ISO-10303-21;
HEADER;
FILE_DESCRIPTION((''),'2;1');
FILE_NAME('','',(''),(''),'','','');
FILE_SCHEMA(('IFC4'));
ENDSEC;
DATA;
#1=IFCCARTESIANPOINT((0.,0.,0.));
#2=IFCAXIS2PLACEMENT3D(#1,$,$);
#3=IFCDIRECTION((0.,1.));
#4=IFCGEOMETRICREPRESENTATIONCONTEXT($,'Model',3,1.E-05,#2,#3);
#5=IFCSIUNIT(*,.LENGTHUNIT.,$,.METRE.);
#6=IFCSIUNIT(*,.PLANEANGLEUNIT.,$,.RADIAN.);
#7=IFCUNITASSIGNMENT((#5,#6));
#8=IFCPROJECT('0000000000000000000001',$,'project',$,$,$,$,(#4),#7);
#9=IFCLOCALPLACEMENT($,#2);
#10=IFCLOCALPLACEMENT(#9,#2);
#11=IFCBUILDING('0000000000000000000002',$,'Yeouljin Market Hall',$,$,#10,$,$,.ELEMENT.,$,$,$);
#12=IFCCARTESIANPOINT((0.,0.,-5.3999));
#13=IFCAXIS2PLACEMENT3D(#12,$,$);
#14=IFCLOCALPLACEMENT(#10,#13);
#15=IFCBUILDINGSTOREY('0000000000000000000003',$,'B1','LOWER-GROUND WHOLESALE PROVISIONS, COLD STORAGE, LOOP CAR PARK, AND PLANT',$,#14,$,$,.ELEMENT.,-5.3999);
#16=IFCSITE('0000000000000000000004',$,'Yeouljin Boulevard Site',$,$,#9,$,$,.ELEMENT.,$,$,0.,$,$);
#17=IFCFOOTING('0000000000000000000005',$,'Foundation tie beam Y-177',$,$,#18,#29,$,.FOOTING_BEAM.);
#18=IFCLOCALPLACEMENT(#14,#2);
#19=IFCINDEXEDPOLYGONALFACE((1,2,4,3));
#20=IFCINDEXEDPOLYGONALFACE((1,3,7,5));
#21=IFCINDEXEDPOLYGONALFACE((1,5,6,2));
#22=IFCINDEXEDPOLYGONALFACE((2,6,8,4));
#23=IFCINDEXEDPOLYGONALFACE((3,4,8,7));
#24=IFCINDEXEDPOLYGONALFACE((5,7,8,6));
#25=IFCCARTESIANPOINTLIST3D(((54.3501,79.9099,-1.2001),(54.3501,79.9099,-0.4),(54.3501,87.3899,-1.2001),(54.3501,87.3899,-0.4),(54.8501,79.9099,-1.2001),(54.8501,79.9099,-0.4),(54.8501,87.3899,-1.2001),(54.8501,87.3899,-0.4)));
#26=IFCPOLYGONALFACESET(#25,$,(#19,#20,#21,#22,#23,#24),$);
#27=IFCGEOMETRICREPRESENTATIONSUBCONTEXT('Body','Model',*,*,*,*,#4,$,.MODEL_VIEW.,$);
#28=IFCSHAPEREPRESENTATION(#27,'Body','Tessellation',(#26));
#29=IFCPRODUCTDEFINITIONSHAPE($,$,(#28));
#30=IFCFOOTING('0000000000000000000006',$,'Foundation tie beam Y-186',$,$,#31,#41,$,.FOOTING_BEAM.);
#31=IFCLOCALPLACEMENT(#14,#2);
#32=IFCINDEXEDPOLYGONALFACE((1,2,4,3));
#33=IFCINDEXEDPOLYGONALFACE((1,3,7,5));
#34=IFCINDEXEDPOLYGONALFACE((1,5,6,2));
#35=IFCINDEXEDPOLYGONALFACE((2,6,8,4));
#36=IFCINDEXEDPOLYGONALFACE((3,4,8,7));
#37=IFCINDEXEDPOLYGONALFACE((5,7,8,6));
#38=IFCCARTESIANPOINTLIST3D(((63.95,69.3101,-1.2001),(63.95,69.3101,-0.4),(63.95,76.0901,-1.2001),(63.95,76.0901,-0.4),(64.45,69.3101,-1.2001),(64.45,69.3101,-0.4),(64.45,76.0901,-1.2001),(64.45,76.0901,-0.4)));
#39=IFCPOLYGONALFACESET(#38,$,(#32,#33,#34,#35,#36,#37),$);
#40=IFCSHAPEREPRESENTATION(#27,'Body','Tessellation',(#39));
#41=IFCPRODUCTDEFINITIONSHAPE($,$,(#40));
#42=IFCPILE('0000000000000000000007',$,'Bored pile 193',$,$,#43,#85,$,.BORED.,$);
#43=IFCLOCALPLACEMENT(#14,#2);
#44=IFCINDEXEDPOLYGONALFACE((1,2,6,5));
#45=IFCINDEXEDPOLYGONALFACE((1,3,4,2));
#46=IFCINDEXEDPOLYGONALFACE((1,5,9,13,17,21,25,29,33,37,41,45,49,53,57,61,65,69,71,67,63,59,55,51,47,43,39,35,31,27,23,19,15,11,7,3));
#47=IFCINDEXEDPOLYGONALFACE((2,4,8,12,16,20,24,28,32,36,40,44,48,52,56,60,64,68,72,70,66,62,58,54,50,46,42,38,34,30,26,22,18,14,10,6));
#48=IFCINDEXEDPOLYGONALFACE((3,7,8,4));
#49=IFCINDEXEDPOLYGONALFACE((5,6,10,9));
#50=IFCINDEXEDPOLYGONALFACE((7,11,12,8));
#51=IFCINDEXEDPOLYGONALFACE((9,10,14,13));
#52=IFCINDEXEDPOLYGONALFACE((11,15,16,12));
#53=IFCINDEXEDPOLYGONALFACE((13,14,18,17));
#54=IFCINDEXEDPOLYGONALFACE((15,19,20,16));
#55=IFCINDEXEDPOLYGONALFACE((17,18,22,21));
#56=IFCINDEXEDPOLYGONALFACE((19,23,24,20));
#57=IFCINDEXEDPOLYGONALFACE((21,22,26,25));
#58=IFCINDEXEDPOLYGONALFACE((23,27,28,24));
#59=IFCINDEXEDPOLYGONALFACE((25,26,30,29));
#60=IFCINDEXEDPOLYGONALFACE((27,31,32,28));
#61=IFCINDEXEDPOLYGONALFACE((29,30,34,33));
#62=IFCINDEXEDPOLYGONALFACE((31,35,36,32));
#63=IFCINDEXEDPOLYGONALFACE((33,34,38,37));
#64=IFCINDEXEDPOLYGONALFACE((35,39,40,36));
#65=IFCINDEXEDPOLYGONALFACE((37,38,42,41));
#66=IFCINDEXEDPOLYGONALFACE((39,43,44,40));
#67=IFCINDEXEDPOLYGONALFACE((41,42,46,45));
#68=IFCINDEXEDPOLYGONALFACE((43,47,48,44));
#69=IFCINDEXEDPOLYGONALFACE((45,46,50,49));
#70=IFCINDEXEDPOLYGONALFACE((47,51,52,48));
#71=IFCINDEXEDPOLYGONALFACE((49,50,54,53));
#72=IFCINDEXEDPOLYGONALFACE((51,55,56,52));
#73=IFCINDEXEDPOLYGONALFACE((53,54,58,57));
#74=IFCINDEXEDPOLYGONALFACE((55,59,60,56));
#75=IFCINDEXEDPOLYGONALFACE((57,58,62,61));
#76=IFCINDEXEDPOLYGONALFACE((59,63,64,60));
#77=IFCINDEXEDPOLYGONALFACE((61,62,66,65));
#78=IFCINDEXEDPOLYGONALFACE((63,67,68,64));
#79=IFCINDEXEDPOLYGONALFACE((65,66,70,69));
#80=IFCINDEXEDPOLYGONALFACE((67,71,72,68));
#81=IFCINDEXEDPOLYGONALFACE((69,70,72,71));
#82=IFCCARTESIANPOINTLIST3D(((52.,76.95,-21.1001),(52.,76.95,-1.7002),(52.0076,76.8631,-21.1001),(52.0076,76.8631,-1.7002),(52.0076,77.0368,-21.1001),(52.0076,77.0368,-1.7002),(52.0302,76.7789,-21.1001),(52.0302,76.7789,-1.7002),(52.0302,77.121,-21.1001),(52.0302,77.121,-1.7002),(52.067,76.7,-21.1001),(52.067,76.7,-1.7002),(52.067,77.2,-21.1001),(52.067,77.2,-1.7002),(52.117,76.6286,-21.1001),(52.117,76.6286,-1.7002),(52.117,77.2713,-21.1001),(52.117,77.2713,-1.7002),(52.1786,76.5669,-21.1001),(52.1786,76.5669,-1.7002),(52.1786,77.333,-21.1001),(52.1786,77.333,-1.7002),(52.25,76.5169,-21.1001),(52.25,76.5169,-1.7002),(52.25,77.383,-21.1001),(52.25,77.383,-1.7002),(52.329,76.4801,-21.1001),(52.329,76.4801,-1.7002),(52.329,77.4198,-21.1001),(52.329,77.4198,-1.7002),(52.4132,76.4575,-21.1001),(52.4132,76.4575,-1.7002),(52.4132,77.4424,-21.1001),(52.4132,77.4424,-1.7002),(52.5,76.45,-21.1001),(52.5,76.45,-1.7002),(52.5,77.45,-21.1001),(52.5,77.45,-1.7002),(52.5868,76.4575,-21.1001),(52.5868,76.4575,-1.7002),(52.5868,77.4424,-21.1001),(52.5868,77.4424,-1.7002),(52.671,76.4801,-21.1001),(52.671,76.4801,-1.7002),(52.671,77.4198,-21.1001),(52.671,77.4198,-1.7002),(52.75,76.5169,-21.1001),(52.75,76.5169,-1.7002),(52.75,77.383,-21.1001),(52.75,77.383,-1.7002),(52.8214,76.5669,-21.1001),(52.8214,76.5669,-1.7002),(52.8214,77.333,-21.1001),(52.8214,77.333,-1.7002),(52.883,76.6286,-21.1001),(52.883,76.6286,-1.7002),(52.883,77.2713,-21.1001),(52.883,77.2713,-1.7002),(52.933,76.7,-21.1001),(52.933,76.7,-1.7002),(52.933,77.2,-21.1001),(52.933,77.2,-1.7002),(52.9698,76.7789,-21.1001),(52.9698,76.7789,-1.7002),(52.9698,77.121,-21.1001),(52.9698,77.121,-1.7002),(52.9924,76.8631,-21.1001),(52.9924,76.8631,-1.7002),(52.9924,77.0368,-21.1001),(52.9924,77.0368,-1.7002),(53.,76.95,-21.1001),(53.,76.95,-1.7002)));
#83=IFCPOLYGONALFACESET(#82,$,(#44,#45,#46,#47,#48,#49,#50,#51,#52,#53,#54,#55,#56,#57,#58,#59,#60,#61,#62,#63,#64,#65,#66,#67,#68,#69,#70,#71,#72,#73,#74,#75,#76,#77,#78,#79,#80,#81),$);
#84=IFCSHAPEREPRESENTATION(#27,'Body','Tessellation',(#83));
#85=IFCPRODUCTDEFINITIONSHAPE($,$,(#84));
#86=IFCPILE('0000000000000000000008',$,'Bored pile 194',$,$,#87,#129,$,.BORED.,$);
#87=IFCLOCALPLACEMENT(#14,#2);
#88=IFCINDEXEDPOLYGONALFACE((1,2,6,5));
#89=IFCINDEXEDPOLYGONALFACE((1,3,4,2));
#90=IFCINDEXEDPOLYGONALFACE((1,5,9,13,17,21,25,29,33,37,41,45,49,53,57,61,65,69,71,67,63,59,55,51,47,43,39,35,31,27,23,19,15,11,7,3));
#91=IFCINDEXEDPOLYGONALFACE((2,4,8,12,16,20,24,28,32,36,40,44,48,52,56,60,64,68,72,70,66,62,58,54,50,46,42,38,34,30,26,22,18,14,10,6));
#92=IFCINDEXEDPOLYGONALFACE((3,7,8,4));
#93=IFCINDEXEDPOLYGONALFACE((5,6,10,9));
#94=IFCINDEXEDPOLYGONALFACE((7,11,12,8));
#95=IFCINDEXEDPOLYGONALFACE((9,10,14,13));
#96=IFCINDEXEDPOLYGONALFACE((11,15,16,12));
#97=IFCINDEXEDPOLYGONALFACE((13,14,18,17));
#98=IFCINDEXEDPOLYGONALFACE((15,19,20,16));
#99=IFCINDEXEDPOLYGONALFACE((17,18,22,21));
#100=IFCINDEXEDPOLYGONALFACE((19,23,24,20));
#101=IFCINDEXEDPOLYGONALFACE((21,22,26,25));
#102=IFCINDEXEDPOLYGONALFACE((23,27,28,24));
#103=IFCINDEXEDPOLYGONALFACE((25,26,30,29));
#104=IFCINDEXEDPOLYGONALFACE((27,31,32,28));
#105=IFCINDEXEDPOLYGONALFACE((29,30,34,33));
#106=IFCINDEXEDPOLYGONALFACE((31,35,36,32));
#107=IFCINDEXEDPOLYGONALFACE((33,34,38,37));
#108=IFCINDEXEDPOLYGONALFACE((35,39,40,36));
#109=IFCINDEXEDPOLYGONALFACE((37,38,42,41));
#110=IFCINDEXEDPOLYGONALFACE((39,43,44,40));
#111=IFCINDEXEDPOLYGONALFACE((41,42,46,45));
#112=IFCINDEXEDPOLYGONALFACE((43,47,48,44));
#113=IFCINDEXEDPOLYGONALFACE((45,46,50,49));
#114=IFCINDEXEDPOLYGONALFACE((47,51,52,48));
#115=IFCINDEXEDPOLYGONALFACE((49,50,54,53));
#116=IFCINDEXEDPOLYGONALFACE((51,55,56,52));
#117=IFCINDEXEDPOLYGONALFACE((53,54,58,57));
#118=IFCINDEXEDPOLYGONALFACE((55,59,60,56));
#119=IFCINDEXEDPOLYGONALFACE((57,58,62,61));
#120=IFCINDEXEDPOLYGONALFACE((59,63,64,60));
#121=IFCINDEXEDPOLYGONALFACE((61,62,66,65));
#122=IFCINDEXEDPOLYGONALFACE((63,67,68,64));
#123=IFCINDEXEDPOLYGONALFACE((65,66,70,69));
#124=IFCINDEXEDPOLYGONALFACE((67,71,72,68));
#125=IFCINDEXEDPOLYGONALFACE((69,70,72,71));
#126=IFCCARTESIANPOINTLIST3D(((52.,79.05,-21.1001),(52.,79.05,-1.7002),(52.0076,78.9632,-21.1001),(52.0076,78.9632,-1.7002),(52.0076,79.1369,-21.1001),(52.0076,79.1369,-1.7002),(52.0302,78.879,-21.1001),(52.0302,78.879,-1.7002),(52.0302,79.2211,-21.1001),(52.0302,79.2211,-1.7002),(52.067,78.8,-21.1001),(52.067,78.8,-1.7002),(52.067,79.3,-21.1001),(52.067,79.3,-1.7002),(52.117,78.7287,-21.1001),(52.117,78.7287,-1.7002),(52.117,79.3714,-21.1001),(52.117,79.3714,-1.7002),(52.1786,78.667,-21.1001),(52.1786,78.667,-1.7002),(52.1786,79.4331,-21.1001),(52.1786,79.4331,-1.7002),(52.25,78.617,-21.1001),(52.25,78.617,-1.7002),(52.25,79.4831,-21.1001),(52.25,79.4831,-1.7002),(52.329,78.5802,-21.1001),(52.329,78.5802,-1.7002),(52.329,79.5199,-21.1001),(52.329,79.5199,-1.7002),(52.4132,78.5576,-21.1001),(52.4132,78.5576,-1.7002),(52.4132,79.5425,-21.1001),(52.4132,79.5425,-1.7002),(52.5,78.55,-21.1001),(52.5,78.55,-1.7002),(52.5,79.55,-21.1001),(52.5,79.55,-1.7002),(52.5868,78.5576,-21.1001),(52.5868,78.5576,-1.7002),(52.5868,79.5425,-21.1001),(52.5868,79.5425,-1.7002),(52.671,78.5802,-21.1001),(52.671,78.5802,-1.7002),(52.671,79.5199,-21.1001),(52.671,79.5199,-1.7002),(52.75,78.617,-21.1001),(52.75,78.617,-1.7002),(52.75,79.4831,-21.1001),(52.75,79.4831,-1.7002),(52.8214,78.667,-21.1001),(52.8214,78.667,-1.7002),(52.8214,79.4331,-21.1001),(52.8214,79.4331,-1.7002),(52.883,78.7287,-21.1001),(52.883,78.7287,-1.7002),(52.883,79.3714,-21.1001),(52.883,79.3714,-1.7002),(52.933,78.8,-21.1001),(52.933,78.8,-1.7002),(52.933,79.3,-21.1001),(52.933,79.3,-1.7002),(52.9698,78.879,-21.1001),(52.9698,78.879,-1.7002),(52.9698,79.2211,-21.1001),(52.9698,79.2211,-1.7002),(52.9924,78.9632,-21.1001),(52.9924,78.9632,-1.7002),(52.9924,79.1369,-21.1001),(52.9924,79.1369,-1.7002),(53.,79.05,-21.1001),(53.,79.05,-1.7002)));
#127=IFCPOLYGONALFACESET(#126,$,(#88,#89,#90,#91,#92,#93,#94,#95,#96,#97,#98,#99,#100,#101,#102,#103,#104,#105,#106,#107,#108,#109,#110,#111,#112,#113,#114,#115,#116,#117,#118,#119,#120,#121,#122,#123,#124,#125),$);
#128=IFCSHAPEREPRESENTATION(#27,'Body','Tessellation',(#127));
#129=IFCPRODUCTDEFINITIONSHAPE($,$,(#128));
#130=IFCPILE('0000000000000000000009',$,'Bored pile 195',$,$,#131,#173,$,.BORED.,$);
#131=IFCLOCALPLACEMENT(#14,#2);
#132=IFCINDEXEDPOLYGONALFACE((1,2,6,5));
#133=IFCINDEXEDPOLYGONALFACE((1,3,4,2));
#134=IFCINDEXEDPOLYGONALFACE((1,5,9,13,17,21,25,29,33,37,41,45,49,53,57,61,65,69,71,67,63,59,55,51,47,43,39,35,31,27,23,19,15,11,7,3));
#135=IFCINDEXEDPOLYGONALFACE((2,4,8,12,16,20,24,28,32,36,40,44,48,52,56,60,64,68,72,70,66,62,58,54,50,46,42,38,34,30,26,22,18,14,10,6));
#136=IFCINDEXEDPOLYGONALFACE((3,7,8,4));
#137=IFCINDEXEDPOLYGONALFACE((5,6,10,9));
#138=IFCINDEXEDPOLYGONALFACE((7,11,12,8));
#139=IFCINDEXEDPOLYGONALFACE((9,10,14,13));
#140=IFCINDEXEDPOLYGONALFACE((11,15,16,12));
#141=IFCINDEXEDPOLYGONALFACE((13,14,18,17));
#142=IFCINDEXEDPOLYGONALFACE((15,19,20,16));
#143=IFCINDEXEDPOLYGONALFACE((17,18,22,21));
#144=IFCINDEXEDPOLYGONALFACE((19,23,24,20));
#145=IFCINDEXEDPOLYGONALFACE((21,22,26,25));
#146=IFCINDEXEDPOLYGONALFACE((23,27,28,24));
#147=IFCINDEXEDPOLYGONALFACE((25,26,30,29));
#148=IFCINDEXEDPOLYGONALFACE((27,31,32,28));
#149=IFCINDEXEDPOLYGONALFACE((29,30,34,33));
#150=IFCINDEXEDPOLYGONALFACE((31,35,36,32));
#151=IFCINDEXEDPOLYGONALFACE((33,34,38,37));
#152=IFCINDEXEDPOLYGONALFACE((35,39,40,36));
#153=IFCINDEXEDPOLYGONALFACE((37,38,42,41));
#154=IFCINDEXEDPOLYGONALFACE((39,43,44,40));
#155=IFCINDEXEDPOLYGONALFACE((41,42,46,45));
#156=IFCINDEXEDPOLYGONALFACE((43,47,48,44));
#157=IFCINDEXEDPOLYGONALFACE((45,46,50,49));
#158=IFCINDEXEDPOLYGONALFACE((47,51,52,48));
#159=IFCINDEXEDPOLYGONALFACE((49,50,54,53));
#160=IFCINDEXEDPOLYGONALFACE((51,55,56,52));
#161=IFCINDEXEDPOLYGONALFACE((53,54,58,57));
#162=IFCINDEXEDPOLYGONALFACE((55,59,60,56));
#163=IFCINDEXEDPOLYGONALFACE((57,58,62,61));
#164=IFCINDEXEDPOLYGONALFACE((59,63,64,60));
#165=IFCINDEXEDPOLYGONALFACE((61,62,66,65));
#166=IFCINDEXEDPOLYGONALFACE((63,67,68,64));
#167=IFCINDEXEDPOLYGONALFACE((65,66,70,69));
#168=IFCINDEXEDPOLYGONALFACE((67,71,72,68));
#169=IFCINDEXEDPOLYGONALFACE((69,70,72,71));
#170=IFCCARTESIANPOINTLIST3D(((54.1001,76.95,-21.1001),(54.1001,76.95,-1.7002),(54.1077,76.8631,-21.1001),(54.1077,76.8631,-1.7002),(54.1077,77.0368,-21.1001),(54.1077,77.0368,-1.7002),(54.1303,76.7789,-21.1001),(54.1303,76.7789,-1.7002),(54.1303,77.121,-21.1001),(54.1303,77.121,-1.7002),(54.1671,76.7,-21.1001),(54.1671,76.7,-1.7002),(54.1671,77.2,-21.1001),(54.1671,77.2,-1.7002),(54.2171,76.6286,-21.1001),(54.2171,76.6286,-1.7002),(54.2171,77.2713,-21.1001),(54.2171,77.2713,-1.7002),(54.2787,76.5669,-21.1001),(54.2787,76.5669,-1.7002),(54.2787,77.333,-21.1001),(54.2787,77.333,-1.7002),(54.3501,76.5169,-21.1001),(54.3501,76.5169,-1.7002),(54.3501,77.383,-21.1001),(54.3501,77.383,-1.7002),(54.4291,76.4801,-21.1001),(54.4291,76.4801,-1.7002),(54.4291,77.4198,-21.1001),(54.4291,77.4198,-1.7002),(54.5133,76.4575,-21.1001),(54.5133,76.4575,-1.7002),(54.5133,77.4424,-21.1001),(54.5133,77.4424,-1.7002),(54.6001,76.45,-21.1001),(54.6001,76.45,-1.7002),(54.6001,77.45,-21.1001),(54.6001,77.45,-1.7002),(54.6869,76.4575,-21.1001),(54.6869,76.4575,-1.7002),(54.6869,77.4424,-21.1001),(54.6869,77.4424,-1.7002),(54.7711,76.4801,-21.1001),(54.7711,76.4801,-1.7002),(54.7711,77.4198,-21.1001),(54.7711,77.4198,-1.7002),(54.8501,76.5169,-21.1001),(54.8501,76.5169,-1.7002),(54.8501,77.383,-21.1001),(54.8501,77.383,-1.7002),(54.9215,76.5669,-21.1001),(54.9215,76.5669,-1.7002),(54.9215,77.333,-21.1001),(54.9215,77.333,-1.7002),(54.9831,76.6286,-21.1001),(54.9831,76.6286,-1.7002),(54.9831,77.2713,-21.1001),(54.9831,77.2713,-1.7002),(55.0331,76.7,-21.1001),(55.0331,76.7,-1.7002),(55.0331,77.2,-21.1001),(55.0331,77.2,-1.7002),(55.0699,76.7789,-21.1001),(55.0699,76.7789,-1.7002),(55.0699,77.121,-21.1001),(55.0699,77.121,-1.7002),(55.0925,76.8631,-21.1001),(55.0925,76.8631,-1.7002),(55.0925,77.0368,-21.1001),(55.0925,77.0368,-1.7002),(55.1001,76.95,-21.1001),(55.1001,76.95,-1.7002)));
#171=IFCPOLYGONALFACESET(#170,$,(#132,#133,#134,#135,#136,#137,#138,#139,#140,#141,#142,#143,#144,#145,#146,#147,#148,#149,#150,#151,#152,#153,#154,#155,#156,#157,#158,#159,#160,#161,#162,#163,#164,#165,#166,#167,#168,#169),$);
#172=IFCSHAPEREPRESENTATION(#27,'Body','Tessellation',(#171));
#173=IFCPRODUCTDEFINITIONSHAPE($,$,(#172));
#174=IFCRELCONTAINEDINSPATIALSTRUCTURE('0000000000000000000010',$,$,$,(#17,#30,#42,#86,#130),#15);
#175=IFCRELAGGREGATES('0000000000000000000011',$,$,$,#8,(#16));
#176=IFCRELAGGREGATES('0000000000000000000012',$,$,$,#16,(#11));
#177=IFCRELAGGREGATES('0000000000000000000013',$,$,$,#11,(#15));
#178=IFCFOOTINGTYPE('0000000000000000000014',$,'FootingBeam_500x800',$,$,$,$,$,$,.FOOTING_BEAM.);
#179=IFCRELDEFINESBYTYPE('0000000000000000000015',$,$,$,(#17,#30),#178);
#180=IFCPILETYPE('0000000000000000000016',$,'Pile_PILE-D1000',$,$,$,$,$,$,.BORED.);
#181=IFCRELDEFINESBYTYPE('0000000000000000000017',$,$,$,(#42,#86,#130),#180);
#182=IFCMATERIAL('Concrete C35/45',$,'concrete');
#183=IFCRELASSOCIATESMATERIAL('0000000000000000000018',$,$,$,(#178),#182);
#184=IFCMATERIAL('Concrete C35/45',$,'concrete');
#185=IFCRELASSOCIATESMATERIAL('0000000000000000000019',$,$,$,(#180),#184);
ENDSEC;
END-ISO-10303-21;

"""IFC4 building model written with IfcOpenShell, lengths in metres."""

from ifc_helpers import new_model, si_unit, direction, frame, origin, origin_2d, place, context, subcontext, project, spatial, rectangle, circle, extrude, material, material_profile, profile_set, type_object, element, save


model = new_model("IFC4")

# Units and contexts
model_context = context("Model", 3, precision=1e-05, world=origin(), true_north=direction((0.0, 1.0)))
body_context = subcontext(model_context, "Body", "Model", "MODEL_VIEW")
ifc_project = project(units=[si_unit("LENGTHUNIT", "METRE"), si_unit("PLANEANGLEUNIT", "RADIAN")], contexts=[model_context])

# Site, building, storey
site_placement = place(None, origin())
site = spatial("IfcSite", under=ifc_project, at=site_placement, Name="Yeouljin Boulevard Site", CompositionType="ELEMENT", RefElevation=0.0)
building_placement = place(site_placement, origin())
building = spatial("IfcBuilding", under=site, at=building_placement, Name="Yeouljin Market Hall", CompositionType="ELEMENT")
storey_placement = place(building_placement, frame((0.0, 0.0, -5.3999)))
storey = spatial("IfcBuildingStorey", under=building, at=storey_placement, Name="B1", Description="LOWER-GROUND WHOLESALE PROVISIONS, COLD STORAGE, LOOP CAR PARK, AND PLANT", CompositionType="ELEMENT", Elevation=-5.3999)

# Footings
ifc_material_1 = material(Name="Concrete C35/45", Category="concrete")
ifc_material_profile_1 = material_profile(ifc_material_1, rectangle(XDim=0.5, YDim=0.8, at=origin_2d()), Name="RC-500x800")
ifc_profile_set_1 = profile_set([ifc_material_profile_1], Name="Concrete C35/45")
footing_type_1 = type_object("IfcFootingType", Name="FootingBeam_500x800", PredefinedType="FOOTING_BEAM", material=ifc_profile_set_1)
footing_1_placement = place(storey_placement, frame((54.6001, 79.9099, -0.8), z_axis=(0.0, 1.0, 0.0), x_axis=(-1.0, 0.0, 0.0)))
element("IfcFooting", 1, at=footing_1_placement, inside=storey, type_object=footing_type_1, Name="Foundation tie beam Y-177", PredefinedType="FOOTING_BEAM", context=body_context, shape_type="SweptSolid", body=[
    extrude(rectangle(XDim=0.5, YDim=0.8, at=origin_2d()), origin(), (0.0, 0.0, 1.0), 7.48),
])
footing_2_placement = place(storey_placement, frame((64.2, 69.3101, -0.8), z_axis=(0.0, 1.0, 0.0), x_axis=(-1.0, 0.0, 0.0)))
element("IfcFooting", 2, at=footing_2_placement, inside=storey, type_object=footing_type_1, Name="Foundation tie beam Y-186", PredefinedType="FOOTING_BEAM", context=body_context, shape_type="SweptSolid", body=[
    extrude(rectangle(XDim=0.5, YDim=0.8, at=origin_2d()), origin(), (0.0, 0.0, 1.0), 6.78),
])

# Piles
ifc_material_2 = material(Name="Concrete C35/45", Category="concrete")
ifc_material_profile_2 = material_profile(ifc_material_2, circle(Radius=0.5, at=origin_2d()), Name="PILE-D1000")
ifc_profile_set_2 = profile_set([ifc_material_profile_2], Name="Concrete C35/45")
pile_type = type_object("IfcPileType", Name="Pile_PILE-D1000", PredefinedType="BORED", material=ifc_profile_set_2)
for number, where, z_axis, x_axis, name in (
    (3, (52.5, 76.95, -1.7002), (0.0, 0.0, -1.0), (1.0, 0.0, 0.0), "Bored pile 193"),
    (4, (52.5, 79.05, -1.7002), (0.0, 0.0, -1.0), (1.0, 0.0, 0.0), "Bored pile 194"),
    (5, (54.6001, 76.95, -1.7002), (0.0, 0.0, -1.0), (1.0, 0.0, 0.0), "Bored pile 195"),
):
    element("IfcPile", number, at=place(storey_placement, frame(where, z_axis=z_axis, x_axis=x_axis)), inside=storey, type_object=pile_type, Name=name, PredefinedType="BORED", context=body_context, shape_type="SweptSolid", body=[
        extrude(circle(Radius=0.5, at=origin_2d()), origin(), (0.0, 0.0, 1.0), 19.3999),
    ])

save(model, "model.ifc")
